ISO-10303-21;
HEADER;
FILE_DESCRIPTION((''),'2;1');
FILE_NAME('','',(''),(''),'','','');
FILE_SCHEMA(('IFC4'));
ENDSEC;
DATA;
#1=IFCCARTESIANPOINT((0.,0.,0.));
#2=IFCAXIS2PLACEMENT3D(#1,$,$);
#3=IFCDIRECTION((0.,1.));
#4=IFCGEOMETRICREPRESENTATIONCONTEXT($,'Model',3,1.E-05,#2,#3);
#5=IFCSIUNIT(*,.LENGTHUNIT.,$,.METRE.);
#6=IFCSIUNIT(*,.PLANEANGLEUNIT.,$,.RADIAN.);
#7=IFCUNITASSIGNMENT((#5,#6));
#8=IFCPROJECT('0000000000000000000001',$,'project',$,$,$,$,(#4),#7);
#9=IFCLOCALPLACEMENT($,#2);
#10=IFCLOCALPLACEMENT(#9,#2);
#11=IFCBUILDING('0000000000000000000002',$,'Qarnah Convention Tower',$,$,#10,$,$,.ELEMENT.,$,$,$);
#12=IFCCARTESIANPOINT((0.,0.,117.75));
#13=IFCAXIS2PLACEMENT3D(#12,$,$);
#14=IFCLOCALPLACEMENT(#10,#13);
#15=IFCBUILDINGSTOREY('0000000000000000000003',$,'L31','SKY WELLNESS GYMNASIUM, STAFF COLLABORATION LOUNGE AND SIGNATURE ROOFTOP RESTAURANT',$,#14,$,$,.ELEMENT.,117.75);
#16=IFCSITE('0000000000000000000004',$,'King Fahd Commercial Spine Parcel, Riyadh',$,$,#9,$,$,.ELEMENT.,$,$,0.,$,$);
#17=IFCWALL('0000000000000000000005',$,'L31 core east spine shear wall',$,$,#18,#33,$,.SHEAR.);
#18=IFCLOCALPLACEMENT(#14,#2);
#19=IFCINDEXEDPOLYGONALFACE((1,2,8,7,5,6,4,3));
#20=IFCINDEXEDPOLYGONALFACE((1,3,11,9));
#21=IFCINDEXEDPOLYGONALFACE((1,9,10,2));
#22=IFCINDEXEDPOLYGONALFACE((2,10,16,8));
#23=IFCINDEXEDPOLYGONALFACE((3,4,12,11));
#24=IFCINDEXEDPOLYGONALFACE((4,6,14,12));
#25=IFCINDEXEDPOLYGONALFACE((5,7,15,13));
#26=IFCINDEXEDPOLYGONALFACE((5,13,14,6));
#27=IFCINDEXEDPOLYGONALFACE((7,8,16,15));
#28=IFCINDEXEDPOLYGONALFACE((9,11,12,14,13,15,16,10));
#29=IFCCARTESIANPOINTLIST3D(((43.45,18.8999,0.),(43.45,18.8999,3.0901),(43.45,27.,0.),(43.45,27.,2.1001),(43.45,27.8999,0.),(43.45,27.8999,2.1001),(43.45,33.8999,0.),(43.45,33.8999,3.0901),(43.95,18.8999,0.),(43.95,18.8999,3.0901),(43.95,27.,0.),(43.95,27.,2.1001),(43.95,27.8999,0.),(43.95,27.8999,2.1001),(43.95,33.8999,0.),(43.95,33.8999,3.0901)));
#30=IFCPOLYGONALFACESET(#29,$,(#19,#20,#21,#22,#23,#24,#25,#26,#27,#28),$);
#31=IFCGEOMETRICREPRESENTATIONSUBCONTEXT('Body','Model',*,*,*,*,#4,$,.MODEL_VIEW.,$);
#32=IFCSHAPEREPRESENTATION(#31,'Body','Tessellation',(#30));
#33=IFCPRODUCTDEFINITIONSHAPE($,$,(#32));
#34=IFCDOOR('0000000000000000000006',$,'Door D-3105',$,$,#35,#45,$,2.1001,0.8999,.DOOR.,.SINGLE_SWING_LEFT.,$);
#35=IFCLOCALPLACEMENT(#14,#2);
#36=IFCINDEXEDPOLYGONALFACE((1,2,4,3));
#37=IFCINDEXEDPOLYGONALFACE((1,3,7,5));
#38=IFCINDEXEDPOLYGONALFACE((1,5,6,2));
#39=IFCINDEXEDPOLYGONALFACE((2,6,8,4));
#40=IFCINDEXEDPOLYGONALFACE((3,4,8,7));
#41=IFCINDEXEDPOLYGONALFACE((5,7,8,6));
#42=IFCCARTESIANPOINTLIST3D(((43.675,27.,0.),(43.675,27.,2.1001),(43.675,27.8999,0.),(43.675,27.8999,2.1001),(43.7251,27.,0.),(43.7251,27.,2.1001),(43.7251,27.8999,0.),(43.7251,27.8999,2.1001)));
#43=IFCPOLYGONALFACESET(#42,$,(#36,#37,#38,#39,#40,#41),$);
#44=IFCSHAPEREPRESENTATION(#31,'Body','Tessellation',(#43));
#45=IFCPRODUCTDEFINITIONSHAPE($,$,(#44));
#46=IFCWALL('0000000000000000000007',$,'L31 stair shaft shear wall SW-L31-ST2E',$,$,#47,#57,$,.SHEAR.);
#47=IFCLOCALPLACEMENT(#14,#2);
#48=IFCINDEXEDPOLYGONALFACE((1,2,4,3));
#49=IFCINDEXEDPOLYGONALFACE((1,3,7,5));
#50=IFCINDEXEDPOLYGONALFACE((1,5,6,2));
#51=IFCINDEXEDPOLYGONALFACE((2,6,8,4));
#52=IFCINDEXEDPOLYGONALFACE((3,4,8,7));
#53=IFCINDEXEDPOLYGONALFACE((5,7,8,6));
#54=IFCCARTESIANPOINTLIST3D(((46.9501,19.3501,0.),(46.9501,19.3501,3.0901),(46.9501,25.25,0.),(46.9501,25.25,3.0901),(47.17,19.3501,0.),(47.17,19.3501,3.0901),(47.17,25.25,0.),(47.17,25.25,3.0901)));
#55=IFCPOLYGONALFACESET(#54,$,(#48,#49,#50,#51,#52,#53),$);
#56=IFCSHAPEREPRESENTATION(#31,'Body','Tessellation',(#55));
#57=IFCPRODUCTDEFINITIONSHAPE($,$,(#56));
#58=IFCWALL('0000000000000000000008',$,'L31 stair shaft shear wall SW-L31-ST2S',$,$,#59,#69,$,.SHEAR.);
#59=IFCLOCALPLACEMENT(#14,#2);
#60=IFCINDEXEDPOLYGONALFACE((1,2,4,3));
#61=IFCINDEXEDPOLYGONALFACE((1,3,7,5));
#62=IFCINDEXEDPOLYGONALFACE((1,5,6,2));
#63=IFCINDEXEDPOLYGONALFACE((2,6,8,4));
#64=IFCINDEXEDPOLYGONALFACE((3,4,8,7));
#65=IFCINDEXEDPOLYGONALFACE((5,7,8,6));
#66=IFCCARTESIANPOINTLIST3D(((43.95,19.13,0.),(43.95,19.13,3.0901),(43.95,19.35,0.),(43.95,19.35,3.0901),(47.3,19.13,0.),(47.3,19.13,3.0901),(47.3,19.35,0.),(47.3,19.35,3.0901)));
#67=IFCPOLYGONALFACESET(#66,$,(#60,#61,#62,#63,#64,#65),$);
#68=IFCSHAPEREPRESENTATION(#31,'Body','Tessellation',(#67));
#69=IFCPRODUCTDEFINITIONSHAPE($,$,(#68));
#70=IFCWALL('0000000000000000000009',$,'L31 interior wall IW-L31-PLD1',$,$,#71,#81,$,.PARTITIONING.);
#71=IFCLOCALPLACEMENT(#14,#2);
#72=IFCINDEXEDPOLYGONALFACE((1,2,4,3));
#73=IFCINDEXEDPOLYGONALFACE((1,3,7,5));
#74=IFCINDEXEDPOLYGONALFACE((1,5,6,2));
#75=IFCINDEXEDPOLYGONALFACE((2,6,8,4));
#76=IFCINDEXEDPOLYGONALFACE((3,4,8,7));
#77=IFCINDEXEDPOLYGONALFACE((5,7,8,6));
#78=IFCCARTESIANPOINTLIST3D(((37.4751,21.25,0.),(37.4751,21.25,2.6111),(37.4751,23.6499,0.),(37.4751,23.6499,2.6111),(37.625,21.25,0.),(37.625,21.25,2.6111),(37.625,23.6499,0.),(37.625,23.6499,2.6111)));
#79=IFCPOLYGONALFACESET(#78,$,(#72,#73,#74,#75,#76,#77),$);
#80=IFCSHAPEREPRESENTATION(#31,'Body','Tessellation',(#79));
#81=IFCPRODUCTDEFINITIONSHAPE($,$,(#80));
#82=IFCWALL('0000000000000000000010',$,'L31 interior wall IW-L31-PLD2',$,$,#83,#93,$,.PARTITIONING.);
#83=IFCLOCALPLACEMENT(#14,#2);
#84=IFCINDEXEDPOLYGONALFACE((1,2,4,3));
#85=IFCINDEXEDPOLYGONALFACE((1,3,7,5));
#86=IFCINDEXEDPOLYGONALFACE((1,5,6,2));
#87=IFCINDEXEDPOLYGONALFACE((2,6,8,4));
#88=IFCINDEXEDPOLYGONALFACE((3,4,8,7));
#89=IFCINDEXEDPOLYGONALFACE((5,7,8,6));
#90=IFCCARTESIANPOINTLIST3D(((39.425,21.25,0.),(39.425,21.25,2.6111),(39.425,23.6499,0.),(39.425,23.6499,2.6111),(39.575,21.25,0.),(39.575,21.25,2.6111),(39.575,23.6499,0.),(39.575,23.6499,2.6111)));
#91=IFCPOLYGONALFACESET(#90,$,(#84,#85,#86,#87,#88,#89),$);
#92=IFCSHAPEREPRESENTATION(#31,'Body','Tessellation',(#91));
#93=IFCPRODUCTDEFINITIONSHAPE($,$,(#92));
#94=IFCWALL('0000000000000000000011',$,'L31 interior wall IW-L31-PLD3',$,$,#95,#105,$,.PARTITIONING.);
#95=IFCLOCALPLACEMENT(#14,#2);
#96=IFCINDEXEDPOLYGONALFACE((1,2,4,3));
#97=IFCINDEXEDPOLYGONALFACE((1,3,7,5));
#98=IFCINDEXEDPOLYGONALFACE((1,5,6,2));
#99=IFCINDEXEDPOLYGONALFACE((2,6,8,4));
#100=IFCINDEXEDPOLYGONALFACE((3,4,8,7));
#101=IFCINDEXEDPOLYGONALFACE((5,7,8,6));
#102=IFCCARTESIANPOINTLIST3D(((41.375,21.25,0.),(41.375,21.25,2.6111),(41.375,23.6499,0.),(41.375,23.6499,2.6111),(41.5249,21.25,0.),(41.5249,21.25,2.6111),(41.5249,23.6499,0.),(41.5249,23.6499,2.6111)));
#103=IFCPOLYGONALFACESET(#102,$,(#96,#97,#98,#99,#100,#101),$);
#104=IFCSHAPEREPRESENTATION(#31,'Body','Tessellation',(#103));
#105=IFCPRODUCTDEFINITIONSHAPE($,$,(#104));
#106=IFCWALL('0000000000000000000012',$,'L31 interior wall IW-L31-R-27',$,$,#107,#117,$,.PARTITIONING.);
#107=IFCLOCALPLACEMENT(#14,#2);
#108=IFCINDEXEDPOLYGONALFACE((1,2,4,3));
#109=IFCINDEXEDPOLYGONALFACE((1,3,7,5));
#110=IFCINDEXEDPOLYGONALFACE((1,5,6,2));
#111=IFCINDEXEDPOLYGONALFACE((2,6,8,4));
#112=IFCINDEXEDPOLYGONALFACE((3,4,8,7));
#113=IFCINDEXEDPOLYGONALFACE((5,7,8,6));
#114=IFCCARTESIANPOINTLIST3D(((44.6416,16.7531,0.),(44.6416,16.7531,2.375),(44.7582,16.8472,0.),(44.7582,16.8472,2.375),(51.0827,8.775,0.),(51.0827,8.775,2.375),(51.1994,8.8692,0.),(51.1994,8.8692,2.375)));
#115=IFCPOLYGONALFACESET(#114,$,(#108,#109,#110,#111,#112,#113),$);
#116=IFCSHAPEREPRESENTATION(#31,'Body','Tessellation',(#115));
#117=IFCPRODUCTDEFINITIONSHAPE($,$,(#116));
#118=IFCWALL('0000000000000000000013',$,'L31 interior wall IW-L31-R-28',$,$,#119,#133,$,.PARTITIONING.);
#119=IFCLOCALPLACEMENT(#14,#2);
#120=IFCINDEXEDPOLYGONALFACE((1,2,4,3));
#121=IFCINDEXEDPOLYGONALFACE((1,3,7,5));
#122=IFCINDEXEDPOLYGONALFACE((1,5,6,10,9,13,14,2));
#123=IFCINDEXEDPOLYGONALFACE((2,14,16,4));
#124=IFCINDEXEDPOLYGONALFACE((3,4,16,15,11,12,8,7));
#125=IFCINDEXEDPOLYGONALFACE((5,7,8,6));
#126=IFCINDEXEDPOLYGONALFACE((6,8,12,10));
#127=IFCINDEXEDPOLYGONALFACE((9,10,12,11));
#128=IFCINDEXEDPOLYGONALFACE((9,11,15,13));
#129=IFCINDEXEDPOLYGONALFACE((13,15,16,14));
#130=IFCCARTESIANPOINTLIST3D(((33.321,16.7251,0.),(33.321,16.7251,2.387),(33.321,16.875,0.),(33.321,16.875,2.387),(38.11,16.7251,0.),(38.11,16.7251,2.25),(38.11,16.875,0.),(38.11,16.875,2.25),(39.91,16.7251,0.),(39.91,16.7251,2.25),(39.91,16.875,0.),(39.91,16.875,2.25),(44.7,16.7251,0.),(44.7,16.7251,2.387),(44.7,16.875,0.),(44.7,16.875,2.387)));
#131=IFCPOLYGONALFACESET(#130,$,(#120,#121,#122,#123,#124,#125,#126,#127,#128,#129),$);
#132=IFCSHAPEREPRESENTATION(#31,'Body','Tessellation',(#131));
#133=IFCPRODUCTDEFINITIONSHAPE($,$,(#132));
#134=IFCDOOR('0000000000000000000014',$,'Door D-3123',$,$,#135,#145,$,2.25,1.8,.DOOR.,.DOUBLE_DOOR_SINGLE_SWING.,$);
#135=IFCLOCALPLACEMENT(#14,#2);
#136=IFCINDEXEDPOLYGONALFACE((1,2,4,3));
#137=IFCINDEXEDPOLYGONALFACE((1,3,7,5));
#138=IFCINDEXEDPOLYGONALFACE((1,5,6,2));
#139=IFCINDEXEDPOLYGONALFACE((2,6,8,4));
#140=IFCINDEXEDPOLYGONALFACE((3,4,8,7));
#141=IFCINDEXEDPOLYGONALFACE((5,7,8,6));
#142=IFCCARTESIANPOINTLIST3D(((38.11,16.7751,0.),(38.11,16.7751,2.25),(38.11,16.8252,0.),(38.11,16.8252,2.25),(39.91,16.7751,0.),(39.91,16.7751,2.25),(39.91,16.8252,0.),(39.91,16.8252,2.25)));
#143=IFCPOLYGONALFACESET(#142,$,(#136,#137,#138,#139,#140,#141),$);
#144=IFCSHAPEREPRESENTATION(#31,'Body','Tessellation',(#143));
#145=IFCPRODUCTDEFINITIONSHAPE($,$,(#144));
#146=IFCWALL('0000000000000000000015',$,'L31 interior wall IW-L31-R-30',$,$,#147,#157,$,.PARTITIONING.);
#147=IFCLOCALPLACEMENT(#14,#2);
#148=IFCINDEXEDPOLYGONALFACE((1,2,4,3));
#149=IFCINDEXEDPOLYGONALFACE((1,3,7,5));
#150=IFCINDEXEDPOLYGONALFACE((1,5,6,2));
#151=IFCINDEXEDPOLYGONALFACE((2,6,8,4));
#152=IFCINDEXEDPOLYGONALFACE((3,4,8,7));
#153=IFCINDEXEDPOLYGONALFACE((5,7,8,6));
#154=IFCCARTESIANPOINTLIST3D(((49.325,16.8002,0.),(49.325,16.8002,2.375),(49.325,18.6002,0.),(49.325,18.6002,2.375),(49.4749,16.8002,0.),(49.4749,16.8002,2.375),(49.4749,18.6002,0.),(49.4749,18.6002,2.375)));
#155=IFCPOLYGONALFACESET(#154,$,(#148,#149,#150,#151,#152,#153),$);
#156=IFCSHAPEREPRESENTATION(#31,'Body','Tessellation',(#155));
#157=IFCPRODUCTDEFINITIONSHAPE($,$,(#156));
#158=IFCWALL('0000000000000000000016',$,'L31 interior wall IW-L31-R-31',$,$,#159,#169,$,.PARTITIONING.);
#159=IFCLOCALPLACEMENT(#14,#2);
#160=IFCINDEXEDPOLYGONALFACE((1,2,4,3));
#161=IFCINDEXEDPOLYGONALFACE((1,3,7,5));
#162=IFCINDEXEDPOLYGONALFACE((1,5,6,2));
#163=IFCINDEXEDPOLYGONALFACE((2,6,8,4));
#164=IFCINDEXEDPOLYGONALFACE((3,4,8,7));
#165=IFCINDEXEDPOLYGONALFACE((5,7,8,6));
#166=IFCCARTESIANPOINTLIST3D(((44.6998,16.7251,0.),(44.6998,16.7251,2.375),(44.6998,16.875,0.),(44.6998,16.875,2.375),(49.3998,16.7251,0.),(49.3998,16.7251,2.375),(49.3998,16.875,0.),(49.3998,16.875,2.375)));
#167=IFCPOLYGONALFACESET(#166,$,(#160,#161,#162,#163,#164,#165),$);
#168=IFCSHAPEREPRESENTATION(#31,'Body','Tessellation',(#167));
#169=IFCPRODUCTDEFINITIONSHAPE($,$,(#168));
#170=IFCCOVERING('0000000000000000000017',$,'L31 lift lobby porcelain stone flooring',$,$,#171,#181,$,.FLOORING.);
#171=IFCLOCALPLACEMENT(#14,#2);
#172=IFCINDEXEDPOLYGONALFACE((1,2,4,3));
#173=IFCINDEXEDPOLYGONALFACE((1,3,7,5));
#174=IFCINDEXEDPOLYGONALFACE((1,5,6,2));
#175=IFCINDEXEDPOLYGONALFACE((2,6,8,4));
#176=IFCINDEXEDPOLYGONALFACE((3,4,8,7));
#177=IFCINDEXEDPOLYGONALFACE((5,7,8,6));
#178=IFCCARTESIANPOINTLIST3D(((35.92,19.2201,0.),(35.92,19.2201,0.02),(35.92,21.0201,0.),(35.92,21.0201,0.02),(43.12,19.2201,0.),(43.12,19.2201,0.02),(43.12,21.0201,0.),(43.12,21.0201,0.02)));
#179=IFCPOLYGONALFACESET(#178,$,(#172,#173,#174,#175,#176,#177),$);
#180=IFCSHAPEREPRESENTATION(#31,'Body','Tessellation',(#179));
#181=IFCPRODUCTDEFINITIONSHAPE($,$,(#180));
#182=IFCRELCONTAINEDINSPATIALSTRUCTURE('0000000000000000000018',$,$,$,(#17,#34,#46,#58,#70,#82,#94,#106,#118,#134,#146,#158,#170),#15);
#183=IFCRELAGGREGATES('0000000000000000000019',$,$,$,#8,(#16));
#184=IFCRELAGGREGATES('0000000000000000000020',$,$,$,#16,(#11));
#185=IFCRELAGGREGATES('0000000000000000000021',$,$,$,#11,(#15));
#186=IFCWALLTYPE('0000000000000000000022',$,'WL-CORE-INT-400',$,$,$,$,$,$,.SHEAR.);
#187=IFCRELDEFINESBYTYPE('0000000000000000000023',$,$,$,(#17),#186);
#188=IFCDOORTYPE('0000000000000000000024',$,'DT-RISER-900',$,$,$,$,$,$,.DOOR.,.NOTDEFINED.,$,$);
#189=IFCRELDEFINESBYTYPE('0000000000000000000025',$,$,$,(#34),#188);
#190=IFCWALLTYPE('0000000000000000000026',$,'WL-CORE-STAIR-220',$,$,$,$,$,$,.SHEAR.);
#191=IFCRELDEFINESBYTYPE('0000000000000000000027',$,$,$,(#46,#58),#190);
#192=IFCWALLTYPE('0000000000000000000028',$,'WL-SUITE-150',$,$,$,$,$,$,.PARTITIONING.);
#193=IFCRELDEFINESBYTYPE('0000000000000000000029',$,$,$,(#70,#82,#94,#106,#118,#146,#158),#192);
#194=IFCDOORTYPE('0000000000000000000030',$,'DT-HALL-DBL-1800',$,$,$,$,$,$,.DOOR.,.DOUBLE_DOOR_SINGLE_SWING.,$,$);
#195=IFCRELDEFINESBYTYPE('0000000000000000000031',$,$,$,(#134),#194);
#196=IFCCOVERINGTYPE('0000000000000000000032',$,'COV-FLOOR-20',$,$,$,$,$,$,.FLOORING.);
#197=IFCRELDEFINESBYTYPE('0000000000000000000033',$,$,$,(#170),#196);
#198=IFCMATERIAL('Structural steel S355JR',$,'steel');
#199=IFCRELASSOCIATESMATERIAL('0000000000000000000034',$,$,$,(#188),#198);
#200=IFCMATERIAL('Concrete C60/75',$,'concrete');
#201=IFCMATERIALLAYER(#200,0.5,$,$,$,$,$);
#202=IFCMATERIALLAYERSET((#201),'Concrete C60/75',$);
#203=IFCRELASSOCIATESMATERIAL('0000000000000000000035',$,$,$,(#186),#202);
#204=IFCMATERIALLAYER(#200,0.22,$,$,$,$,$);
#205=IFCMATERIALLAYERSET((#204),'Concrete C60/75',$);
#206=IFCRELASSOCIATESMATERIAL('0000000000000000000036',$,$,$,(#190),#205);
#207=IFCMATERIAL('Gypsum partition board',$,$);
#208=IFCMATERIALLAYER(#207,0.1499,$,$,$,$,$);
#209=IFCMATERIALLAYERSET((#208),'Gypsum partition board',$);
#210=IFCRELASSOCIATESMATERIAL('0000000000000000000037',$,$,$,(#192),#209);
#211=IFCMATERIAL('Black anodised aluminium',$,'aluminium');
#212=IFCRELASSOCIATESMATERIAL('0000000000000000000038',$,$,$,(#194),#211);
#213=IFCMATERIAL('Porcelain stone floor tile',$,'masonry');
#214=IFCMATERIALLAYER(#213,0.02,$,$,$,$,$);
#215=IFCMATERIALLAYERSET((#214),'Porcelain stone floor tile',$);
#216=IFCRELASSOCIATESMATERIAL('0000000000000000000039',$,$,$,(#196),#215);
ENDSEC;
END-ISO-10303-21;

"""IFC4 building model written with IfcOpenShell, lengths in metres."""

from ifc_helpers import new_model, si_unit, direction, frame, frame_2d, origin, origin_2d, place, context, subcontext, project, spatial, rectangle, extrude, material, layer, layer_set, type_object, element, fill, save


model = new_model("IFC4")

# Units and contexts
model_context = context("Model", 3, precision=1e-05, world=origin(), true_north=direction((0.0, 1.0)))
body_context = subcontext(model_context, "Body", "Model", "MODEL_VIEW")
ifc_project = project(units=[si_unit("LENGTHUNIT", "METRE"), si_unit("PLANEANGLEUNIT", "RADIAN")], contexts=[model_context])

# Site, building, storey
site_placement = place(None, origin())
site = spatial("IfcSite", under=ifc_project, at=site_placement, Name="King Fahd Commercial Spine Parcel, Riyadh", CompositionType="ELEMENT", RefElevation=0.0)
building_placement = place(site_placement, origin())
building = spatial("IfcBuilding", under=site, at=building_placement, Name="Qarnah Convention Tower", CompositionType="ELEMENT")
storey_placement = place(building_placement, frame((0.0, 0.0, 117.75)))
storey = spatial("IfcBuildingStorey", under=building, at=storey_placement, Name="L31", Description="SKY WELLNESS GYMNASIUM, STAFF COLLABORATION LOUNGE AND SIGNATURE ROOFTOP RESTAURANT", CompositionType="ELEMENT", Elevation=117.75)

# Shared definitions
ifc_material_1 = material(Name="Concrete C60/75", Category="concrete")

# Shared definitions
ifc_material_2 = material(Name="Structural steel S355JR", Category="steel")

# Shared definitions
ifc_material_3 = material(Name="Black anodised aluminium", Category="aluminium")

# Shared definitions
door_type_1 = type_object("IfcDoorType", Name="DT-RISER-900", OperationType="NOTDEFINED", PredefinedType="DOOR", material=ifc_material_2)

# Wall, opening, door
ifc_layer_1 = layer(ifc_material_1, 0.5)
ifc_layer_set_1 = layer_set([ifc_layer_1], Name="Concrete C60/75")
wall_type_1 = type_object("IfcWallType", Name="WL-CORE-INT-400", PredefinedType="SHEAR", material=ifc_layer_set_1)
wall_1_placement = place(storey_placement, frame((43.7, 18.8999, 0.0), z_axis=(0.0, 0.0, 1.0), x_axis=(0.0, 1.0, 0.0)))
wall_1 = element("IfcWall", 1, at=wall_1_placement, inside=storey, type_object=wall_type_1, Name="L31 core east spine shear wall", PredefinedType="SHEAR", context=body_context, shape_type="SweptSolid", body=[
    extrude(rectangle(XDim=15.0, YDim=0.5, at=frame_2d((7.5, 0.0))), origin(), (0.0, 0.0, 1.0), 3.0901),
])
opening_1_placement = place(wall_1_placement, frame((8.1001, 0.0, 0.0)))
opening_1 = element("IfcOpeningElement", 2, at=opening_1_placement, cuts=wall_1, PredefinedType="OPENING", context=body_context, shape_type="SweptSolid", body=[
    extrude(rectangle(XDim=0.8999, YDim=2.1001, at=frame_2d((0.45, 1.05))), frame((0.0, 0.26, 0.0), z_axis=(0.0, -1.0, 0.0), x_axis=(1.0, 0.0, 0.0)), (0.0, 0.0, 1.0), 0.52),
])
door_1_placement = place(opening_1_placement, origin())
door_1 = element("IfcDoor", 3, at=door_1_placement, inside=storey, type_object=door_type_1, Name="Door D-3105", OperationType="SINGLE_SWING_LEFT", OverallHeight=2.1001, OverallWidth=0.8999, PredefinedType="DOOR", context=body_context, shape_type="SweptSolid", body=[
    extrude(rectangle(XDim=0.8999, YDim=2.1001, at=frame_2d((0.45, 1.05))), frame((0.0, 0.0249, 0.0), z_axis=(0.0, -1.0, 0.0), x_axis=(1.0, 0.0, 0.0)), (0.0, 0.0, 1.0), 0.05),
])
fill(opening_1, door_1)

# Walls
ifc_layer_2 = layer(ifc_material_1, 0.22)
ifc_layer_set_2 = layer_set([ifc_layer_2], Name="Concrete C60/75")
wall_type_2 = type_object("IfcWallType", Name="WL-CORE-STAIR-220", PredefinedType="SHEAR", material=ifc_layer_set_2)
wall_2_placement = place(storey_placement, frame((47.0601, 19.3501, 0.0), z_axis=(0.0, 0.0, 1.0), x_axis=(0.0, 1.0, 0.0)))
element("IfcWall", 4, at=wall_2_placement, inside=storey, type_object=wall_type_2, Name="L31 stair shaft shear wall SW-L31-ST2E", PredefinedType="SHEAR", context=body_context, shape_type="SweptSolid", body=[
    extrude(rectangle(XDim=5.8999, YDim=0.22, at=frame_2d((2.95, 0.0))), origin(), (0.0, 0.0, 1.0), 3.0901),
])
wall_3_placement = place(storey_placement, frame((43.95, 19.24, 0.0), z_axis=(0.0, 0.0, 1.0), x_axis=(1.0, 0.0, 0.0)))
element("IfcWall", 5, at=wall_3_placement, inside=storey, type_object=wall_type_2, Name="L31 stair shaft shear wall SW-L31-ST2S", PredefinedType="SHEAR", context=body_context, shape_type="SweptSolid", body=[
    extrude(rectangle(XDim=3.3501, YDim=0.22, at=frame_2d((1.675, 0.0))), origin(), (0.0, 0.0, 1.0), 3.0901),
])

# Walls
ifc_material_4 = material(Name="Gypsum partition board")
ifc_layer_3 = layer(ifc_material_4, 0.1499)
ifc_layer_set_3 = layer_set([ifc_layer_3], Name="Gypsum partition board")
wall_type_3 = type_object("IfcWallType", Name="WL-SUITE-150", PredefinedType="PARTITIONING", material=ifc_layer_set_3)
for number, where, z_axis, x_axis, name in (
    (6, (37.55, 21.25, 0.0), (0.0, 0.0, 1.0), (0.0, 1.0, 0.0), "L31 interior wall IW-L31-PLD1"),
    (7, (39.5, 21.25, 0.0), (0.0, 0.0, 1.0), (0.0, 1.0, 0.0), "L31 interior wall IW-L31-PLD2"),
    (8, (41.45, 21.25, 0.0), (0.0, 0.0, 1.0), (0.0, 1.0, 0.0), "L31 interior wall IW-L31-PLD3"),
):
    element("IfcWall", number, at=place(storey_placement, frame(where, z_axis=z_axis, x_axis=x_axis)), inside=storey, type_object=wall_type_3, Name=name, PredefinedType="PARTITIONING", context=body_context, shape_type="SweptSolid", body=[
        extrude(rectangle(XDim=2.3999, YDim=0.1499, at=frame_2d((1.2, 0.0))), origin(), (0.0, 0.0, 1.0), 2.6111),
    ])
wall_4_placement = place(storey_placement, frame((51.1411, 8.822, 0.0), z_axis=(0.0, 0.0, 1.0), x_axis=(-0.628182, 0.778067, 0.0)))
element("IfcWall", 9, at=wall_4_placement, inside=storey, type_object=wall_type_3, Name="L31 interior wall IW-L31-R-27", PredefinedType="PARTITIONING", context=body_context, shape_type="SweptSolid", body=[
    extrude(rectangle(XDim=10.2537, YDim=0.1499, at=frame_2d((5.127, 0.0))), origin(), (0.0, 0.0, 1.0), 2.375),
])

# Wall, opening, door
wall_5_placement = place(storey_placement, frame((44.7, 16.8, 0.0), z_axis=(0.0, 0.0, 1.0), x_axis=(-1.0, 0.0, 0.0)))
wall_5 = element("IfcWall", 10, at=wall_5_placement, inside=storey, type_object=wall_type_3, Name="L31 interior wall IW-L31-R-28", PredefinedType="PARTITIONING", context=body_context, shape_type="SweptSolid", body=[
    extrude(rectangle(XDim=11.3789, YDim=0.1499, at=frame_2d((5.6895, 0.0))), origin(), (0.0, 0.0, 1.0), 2.387),
])
opening_2_placement = place(wall_5_placement, frame((4.79, 0.0, 0.0)))
opening_2 = element("IfcOpeningElement", 11, at=opening_2_placement, cuts=wall_5, PredefinedType="OPENING", context=body_context, shape_type="SweptSolid", body=[
    extrude(rectangle(XDim=1.8, YDim=2.25, at=frame_2d((0.8999, 1.125))), frame((0.0, 0.085, 0.0), z_axis=(0.0, -1.0, 0.0), x_axis=(1.0, 0.0, 0.0)), (0.0, 0.0, 1.0), 0.1699),
])
door_type_2 = type_object("IfcDoorType", Name="DT-HALL-DBL-1800", OperationType="DOUBLE_DOOR_SINGLE_SWING", PredefinedType="DOOR", material=ifc_material_3)
door_2_placement = place(opening_2_placement, origin())
door_2 = element("IfcDoor", 12, at=door_2_placement, inside=storey, type_object=door_type_2, Name="Door D-3123", OperationType="DOUBLE_DOOR_SINGLE_SWING", OverallHeight=2.25, OverallWidth=1.8, PredefinedType="DOOR", context=body_context, shape_type="SweptSolid", body=[
    extrude(rectangle(XDim=1.8, YDim=2.25, at=frame_2d((0.8999, 1.125))), frame((0.0, 0.0249, 0.0), z_axis=(0.0, -1.0, 0.0), x_axis=(1.0, 0.0, 0.0)), (0.0, 0.0, 1.0), 0.05),
])
fill(opening_2, door_2)

# Walls
wall_6_placement = place(storey_placement, frame((49.3999, 18.6001, 0.0), z_axis=(0.0, 0.0, 1.0), x_axis=(0.0, -1.0, 0.0)))
element("IfcWall", 13, at=wall_6_placement, inside=storey, type_object=wall_type_3, Name="L31 interior wall IW-L31-R-30", PredefinedType="PARTITIONING", context=body_context, shape_type="SweptSolid", body=[
    extrude(rectangle(XDim=1.8, YDim=0.1499, at=frame_2d((0.8999, 0.0))), origin(), (0.0, 0.0, 1.0), 2.375),
])
wall_7_placement = place(storey_placement, frame((49.3999, 16.8, 0.0), z_axis=(0.0, 0.0, 1.0), x_axis=(-1.0, 0.0, 0.0)))
element("IfcWall", 14, at=wall_7_placement, inside=storey, type_object=wall_type_3, Name="L31 interior wall IW-L31-R-31", PredefinedType="PARTITIONING", context=body_context, shape_type="SweptSolid", body=[
    extrude(rectangle(XDim=4.7, YDim=0.1499, at=frame_2d((2.3501, 0.0))), origin(), (0.0, 0.0, 1.0), 2.375),
])

# Covering
ifc_material_5 = material(Name="Porcelain stone floor tile", Category="masonry")
ifc_layer_4 = layer(ifc_material_5, 0.02)
ifc_layer_set_4 = layer_set([ifc_layer_4], Name="Porcelain stone floor tile")
covering_type = type_object("IfcCoveringType", Name="COV-FLOOR-20", PredefinedType="FLOORING", material=ifc_layer_set_4)
covering_placement = place(storey_placement, frame((39.52, 20.1201, 0.0), z_axis=(0.0, 0.0, 1.0), x_axis=(1.0, 0.0, 0.0)))
element("IfcCovering", 15, at=covering_placement, inside=storey, type_object=covering_type, Name="L31 lift lobby porcelain stone flooring", PredefinedType="FLOORING", context=body_context, shape_type="SweptSolid", body=[
    extrude(rectangle(XDim=7.2, YDim=1.8, at=origin_2d()), origin(), (0.0, 0.0, 1.0), 0.02),
])

save(model, "model.ifc")
